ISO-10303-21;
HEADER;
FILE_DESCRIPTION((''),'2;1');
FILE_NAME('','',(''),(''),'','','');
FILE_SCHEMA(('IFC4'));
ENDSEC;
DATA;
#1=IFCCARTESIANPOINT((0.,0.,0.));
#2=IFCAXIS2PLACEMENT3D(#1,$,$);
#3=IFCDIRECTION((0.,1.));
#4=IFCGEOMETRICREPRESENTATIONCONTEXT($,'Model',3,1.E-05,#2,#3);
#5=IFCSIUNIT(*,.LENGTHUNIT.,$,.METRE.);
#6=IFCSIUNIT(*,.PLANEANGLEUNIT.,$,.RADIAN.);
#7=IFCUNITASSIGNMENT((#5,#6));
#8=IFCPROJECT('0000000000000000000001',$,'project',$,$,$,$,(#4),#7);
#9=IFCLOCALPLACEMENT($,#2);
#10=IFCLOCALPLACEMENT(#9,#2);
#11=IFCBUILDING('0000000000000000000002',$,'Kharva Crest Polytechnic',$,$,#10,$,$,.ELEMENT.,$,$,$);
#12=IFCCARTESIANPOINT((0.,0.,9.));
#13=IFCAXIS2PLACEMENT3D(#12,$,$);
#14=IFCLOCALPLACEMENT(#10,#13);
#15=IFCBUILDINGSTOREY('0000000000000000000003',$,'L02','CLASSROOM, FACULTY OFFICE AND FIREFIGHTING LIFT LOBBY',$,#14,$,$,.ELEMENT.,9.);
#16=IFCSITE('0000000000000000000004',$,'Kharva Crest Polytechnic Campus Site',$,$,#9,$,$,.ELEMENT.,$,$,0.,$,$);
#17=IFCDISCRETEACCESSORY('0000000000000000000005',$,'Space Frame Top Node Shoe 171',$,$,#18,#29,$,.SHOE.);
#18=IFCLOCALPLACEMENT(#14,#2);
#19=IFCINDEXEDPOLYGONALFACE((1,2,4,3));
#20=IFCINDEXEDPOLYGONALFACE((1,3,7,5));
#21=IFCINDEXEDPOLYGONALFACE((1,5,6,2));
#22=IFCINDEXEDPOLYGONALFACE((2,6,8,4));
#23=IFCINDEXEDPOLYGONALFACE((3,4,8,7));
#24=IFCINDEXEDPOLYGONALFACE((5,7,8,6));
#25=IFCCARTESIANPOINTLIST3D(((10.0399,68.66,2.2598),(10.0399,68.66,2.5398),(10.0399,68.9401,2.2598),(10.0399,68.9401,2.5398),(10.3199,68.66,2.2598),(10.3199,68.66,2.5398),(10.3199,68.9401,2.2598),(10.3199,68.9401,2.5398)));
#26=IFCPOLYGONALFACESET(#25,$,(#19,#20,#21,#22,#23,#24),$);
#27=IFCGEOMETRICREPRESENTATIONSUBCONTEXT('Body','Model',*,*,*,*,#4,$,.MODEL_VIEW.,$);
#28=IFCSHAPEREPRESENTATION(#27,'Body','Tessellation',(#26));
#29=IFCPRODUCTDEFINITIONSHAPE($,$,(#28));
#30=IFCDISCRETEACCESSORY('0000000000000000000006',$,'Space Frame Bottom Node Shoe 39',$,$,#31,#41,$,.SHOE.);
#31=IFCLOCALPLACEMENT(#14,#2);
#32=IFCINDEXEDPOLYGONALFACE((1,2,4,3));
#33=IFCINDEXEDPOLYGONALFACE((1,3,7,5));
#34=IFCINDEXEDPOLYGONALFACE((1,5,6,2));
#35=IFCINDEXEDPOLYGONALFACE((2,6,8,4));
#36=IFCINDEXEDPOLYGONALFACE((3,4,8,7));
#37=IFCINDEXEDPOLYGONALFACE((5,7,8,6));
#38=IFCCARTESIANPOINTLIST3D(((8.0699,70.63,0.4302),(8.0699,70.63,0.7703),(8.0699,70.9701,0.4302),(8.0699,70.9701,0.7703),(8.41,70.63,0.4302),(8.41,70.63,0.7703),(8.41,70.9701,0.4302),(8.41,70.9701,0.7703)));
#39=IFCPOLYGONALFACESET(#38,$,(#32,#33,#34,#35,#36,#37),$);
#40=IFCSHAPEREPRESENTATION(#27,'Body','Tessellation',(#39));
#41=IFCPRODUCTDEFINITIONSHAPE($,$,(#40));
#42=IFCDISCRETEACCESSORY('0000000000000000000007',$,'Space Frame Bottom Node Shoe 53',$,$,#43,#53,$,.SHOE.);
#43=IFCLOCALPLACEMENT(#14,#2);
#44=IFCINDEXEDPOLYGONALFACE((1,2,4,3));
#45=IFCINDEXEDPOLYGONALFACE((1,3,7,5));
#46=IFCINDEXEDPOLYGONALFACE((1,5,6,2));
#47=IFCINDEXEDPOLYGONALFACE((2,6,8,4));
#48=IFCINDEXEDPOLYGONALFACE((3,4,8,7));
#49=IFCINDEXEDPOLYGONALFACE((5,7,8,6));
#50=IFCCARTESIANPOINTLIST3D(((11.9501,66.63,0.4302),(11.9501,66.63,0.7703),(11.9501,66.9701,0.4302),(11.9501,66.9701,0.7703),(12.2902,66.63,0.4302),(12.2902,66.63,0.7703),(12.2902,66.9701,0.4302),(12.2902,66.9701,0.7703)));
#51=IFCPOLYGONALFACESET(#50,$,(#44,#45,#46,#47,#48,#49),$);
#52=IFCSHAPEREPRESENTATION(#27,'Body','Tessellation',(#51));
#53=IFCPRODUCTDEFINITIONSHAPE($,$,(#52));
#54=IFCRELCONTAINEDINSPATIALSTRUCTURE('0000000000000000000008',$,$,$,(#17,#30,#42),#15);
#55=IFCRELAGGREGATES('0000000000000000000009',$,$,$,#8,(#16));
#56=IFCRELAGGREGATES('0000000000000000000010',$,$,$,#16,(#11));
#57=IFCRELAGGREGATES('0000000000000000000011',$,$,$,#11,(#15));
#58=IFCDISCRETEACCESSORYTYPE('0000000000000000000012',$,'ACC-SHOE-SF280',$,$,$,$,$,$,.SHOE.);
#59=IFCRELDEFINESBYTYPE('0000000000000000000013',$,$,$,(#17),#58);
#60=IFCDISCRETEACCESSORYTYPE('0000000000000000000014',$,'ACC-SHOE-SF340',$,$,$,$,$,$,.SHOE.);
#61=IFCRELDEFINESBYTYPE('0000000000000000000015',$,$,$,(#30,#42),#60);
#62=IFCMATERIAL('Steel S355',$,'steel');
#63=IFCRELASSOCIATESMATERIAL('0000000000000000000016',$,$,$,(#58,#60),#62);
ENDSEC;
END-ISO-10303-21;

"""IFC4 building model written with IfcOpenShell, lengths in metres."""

from ifc_helpers import new_model, si_unit, direction, frame, origin, origin_2d, place, context, subcontext, project, spatial, rectangle, extrude, material, type_object, element, save


model = new_model("IFC4")

# Units and contexts
model_context = context("Model", 3, precision=1e-05, world=origin(), true_north=direction((0.0, 1.0)))
body_context = subcontext(model_context, "Body", "Model", "MODEL_VIEW")
ifc_project = project(units=[si_unit("LENGTHUNIT", "METRE"), si_unit("PLANEANGLEUNIT", "RADIAN")], contexts=[model_context])

# Site, building, storey
site_placement = place(None, origin())
site = spatial("IfcSite", under=ifc_project, at=site_placement, Name="Kharva Crest Polytechnic Campus Site", CompositionType="ELEMENT", RefElevation=0.0)
building_placement = place(site_placement, origin())
building = spatial("IfcBuilding", under=site, at=building_placement, Name="Kharva Crest Polytechnic", CompositionType="ELEMENT")
storey_placement = place(building_placement, frame((0.0, 0.0, 9.0)))
storey = spatial("IfcBuildingStorey", under=building, at=storey_placement, Name="L02", Description="CLASSROOM, FACULTY OFFICE AND FIREFIGHTING LIFT LOBBY", CompositionType="ELEMENT", Elevation=9.0)

# Shared definitions
ifc_material_1 = material(Name="Steel S355", Category="steel")

# Discrete accessories
discrete_accessory_type_1 = type_object("IfcDiscreteAccessoryType", Name="ACC-SHOE-SF280", PredefinedType="SHOE", material=ifc_material_1)
for number, where, z_axis, x_axis, name in (
    (1, (10.1799, 68.8, 2.2598), (0.0, 0.0, 1.0), (1.0, 0.0, 0.0), "Space Frame Top Node Shoe 171"),
):
    element("IfcDiscreteAccessory", number, at=place(storey_placement, frame(where, z_axis=z_axis, x_axis=x_axis)), inside=storey, type_object=discrete_accessory_type_1, Name=name, PredefinedType="SHOE", context=body_context, shape_type="SweptSolid", body=[
        extrude(rectangle(XDim=0.28, YDim=0.28, at=origin_2d()), origin(), (0.0, 0.0, 1.0), 0.28),
    ])
discrete_accessory_type_2 = type_object("IfcDiscreteAccessoryType", Name="ACC-SHOE-SF340", PredefinedType="SHOE", material=ifc_material_1)
for number, where, z_axis, x_axis, name in (
    (2, (8.24, 70.8, 0.4302), (0.0, 0.0, 1.0), (1.0, 0.0, 0.0), "Space Frame Bottom Node Shoe 39"),
    (3, (12.1201, 66.8, 0.4302), (0.0, 0.0, 1.0), (1.0, 0.0, 0.0), "Space Frame Bottom Node Shoe 53"),
):
    element("IfcDiscreteAccessory", number, at=place(storey_placement, frame(where, z_axis=z_axis, x_axis=x_axis)), inside=storey, type_object=discrete_accessory_type_2, Name=name, PredefinedType="SHOE", context=body_context, shape_type="SweptSolid", body=[
        extrude(rectangle(XDim=0.3401, YDim=0.3401, at=origin_2d()), origin(), (0.0, 0.0, 1.0), 0.3401),
    ])

save(model, "model.ifc")
